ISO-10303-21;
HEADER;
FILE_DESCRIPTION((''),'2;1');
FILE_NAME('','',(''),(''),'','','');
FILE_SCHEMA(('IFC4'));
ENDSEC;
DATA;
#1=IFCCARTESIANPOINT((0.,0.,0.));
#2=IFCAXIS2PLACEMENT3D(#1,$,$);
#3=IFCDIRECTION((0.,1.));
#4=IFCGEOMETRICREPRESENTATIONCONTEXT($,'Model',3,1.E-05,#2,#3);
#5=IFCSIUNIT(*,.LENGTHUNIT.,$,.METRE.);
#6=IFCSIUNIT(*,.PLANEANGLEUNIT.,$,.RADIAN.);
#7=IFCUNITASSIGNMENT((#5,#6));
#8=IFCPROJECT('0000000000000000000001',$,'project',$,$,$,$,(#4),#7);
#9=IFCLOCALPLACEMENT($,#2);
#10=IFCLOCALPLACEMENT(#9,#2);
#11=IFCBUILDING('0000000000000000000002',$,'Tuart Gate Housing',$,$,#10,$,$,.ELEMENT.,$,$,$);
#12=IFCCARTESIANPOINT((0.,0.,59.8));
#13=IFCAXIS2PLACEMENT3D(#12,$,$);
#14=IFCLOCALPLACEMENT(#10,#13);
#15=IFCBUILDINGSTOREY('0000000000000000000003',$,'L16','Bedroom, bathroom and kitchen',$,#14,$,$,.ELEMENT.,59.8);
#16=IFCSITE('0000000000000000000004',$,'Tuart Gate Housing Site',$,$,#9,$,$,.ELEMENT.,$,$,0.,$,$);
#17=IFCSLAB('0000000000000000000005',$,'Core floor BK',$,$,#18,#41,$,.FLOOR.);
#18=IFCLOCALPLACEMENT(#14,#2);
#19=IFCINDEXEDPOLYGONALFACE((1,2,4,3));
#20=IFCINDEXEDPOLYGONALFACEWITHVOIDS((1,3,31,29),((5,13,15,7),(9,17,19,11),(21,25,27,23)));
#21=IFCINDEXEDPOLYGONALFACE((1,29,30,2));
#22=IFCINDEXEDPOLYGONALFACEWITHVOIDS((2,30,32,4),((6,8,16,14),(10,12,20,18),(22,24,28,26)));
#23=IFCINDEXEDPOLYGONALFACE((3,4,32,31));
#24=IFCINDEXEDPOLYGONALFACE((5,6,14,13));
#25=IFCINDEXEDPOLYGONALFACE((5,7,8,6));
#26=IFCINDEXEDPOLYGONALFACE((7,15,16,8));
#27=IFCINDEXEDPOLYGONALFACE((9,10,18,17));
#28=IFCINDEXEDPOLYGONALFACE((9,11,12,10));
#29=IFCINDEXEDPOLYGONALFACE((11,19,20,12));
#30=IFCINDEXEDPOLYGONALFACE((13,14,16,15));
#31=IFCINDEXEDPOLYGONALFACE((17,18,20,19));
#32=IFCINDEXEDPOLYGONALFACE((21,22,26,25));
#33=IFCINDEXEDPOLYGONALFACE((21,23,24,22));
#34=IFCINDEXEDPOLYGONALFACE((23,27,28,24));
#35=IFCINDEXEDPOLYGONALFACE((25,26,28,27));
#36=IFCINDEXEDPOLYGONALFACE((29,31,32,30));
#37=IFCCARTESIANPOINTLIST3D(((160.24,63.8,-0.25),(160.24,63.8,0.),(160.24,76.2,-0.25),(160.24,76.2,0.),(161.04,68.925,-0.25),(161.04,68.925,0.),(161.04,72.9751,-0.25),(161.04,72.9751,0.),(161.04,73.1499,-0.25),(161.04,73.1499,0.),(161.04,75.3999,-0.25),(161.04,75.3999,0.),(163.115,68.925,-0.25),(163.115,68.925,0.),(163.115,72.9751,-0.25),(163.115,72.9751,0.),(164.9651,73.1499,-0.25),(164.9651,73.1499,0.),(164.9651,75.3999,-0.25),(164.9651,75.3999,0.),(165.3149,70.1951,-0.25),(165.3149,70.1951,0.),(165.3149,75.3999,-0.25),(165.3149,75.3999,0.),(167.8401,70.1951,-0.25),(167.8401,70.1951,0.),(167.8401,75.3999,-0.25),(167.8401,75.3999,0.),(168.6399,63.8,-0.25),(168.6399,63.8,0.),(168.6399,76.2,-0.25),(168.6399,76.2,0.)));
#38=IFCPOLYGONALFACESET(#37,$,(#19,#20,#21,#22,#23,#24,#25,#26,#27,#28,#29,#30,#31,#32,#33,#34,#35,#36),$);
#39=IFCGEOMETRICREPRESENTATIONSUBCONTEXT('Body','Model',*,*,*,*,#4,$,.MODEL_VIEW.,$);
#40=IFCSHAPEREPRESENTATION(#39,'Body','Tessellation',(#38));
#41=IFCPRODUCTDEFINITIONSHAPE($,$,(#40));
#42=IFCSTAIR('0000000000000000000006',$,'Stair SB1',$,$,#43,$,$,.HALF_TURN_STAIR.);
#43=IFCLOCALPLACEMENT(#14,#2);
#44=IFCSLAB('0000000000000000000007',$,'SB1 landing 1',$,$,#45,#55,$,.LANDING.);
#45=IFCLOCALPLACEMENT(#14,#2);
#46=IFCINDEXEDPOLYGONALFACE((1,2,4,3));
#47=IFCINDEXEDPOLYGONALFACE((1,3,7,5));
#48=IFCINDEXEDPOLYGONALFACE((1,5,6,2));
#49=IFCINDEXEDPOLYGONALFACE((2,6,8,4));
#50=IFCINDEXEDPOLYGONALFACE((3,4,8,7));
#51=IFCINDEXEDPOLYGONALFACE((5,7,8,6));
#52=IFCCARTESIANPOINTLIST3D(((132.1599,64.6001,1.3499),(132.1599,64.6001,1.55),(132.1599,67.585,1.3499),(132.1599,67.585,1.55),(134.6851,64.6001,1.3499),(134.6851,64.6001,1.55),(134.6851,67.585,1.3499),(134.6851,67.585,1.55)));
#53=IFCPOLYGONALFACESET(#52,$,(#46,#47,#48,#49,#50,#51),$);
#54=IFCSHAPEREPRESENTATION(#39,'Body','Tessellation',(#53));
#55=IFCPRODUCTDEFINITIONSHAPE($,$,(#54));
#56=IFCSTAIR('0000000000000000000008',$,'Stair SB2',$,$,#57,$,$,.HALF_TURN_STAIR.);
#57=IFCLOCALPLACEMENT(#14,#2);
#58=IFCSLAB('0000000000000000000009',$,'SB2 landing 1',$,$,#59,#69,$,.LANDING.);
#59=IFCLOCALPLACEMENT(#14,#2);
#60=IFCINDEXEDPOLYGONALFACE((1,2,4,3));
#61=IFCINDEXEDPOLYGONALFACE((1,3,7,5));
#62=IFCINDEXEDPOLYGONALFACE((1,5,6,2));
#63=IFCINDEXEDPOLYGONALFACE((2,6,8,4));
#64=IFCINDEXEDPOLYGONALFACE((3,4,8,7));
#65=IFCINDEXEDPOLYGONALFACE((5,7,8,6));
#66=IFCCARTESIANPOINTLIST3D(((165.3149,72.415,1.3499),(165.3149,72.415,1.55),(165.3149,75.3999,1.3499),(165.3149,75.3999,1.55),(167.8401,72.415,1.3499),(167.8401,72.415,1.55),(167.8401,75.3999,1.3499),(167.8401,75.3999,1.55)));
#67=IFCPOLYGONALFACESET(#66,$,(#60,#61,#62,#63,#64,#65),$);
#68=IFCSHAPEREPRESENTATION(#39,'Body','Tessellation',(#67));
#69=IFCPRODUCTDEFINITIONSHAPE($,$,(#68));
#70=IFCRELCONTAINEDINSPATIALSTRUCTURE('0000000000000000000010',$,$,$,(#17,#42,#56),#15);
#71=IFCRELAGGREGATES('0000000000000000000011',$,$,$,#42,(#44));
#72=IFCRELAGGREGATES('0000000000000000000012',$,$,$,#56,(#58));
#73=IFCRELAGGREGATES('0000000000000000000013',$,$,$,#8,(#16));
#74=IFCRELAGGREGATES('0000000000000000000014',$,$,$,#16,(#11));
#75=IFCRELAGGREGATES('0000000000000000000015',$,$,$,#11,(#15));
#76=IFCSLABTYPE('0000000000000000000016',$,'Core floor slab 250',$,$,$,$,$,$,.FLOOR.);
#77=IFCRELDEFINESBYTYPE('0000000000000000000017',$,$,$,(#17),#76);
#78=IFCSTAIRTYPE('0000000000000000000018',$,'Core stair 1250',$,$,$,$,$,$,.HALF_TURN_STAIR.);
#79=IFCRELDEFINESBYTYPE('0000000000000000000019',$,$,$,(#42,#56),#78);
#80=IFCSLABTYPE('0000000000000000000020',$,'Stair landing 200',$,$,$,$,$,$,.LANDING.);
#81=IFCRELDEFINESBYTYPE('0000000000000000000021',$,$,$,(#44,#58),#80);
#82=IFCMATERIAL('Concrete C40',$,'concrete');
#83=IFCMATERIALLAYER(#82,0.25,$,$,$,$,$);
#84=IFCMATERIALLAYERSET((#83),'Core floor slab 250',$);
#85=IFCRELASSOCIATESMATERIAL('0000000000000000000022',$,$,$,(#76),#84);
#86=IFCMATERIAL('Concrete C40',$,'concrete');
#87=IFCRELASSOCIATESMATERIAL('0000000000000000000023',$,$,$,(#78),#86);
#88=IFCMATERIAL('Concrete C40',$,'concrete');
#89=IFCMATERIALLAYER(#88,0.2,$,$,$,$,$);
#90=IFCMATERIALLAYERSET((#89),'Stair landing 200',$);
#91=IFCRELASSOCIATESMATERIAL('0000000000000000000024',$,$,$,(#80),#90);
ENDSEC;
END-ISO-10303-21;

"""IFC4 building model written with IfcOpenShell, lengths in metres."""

from ifc_helpers import new_model, si_unit, direction, frame, origin, place, context, subcontext, project, spatial, polyline, outline, extrude, material, layer, layer_set, type_object, element, aggregate, save


model = new_model("IFC4")

# Units and contexts
model_context = context("Model", 3, precision=1e-05, world=origin(), true_north=direction((0.0, 1.0)))
body_context = subcontext(model_context, "Body", "Model", "MODEL_VIEW")
ifc_project = project(units=[si_unit("LENGTHUNIT", "METRE"), si_unit("PLANEANGLEUNIT", "RADIAN")], contexts=[model_context])

# Site, building, storey
site_placement = place(None, origin())
site = spatial("IfcSite", under=ifc_project, at=site_placement, Name="Tuart Gate Housing Site", CompositionType="ELEMENT", RefElevation=0.0)
building_placement = place(site_placement, origin())
building = spatial("IfcBuilding", under=site, at=building_placement, Name="Tuart Gate Housing", CompositionType="ELEMENT")
storey_placement = place(building_placement, frame((0.0, 0.0, 59.8)))
storey = spatial("IfcBuildingStorey", under=building, at=storey_placement, Name="L16", Description="Bedroom, bathroom and kitchen", CompositionType="ELEMENT", Elevation=59.8)

# Slab
ifc_material_1 = material(Name="Concrete C40", Category="concrete")
ifc_layer_1 = layer(ifc_material_1, 0.25)
ifc_layer_set_1 = layer_set([ifc_layer_1], Name="Core floor slab 250")
slab_type_1 = type_object("IfcSlabType", Name="Core floor slab 250", PredefinedType="FLOOR", material=ifc_layer_set_1)
slab_1_placement = place(storey_placement, frame((0.0, 0.0, -0.25)))
element("IfcSlab", 1, at=slab_1_placement, inside=storey, type_object=slab_type_1, Name="Core floor BK", PredefinedType="FLOOR", context=body_context, shape_type="SweptSolid", body=[
    extrude(outline(polyline([(160.24, 63.8), (168.6399, 63.8), (168.6399, 76.2), (160.24, 76.2), (160.24, 63.8)]), holes=[polyline([(161.04, 73.1499), (164.9651, 73.1499), (164.9651, 75.3999), (161.04, 75.3999), (161.04, 73.1499)]), polyline([(161.04, 68.925), (163.115, 68.925), (163.115, 72.9751), (161.04, 72.9751), (161.04, 68.925)]), polyline([(165.3149, 70.1951), (167.8401, 70.1951), (167.8401, 75.3999), (165.3149, 75.3999), (165.3149, 70.1951)])]), origin(), (0.0, 0.0, 1.0), 0.25),
])

# Stairs, slabs
ifc_material_2 = material(Name="Concrete C40", Category="concrete")
stair_type = type_object("IfcStairType", Name="Core stair 1250", PredefinedType="HALF_TURN_STAIR", material=ifc_material_2)
stair_1_placement = place(storey_placement, origin())
stair_1 = element("IfcStair", 2, at=stair_1_placement, inside=storey, type_object=stair_type, Name="Stair SB1", PredefinedType="HALF_TURN_STAIR")
ifc_material_3 = material(Name="Concrete C40", Category="concrete")
ifc_layer_2 = layer(ifc_material_3, 0.2)
ifc_layer_set_2 = layer_set([ifc_layer_2], Name="Stair landing 200")
slab_type_2 = type_object("IfcSlabType", Name="Stair landing 200", PredefinedType="LANDING", material=ifc_layer_set_2)
slab_2_placement = place(storey_placement, frame((0.0, 0.0, 1.3499)))
slab_2 = element("IfcSlab", 3, at=slab_2_placement, type_object=slab_type_2, Name="SB1 landing 1", PredefinedType="LANDING", context=body_context, shape_type="SweptSolid", body=[
    extrude(outline(polyline([(134.6851, 67.585), (132.1599, 67.585), (132.1599, 64.6001), (134.6851, 64.6001), (134.6851, 67.585)])), origin(), (0.0, 0.0, 1.0), 0.2002),
])
aggregate(stair_1, [slab_2])
stair_2_placement = place(storey_placement, origin())
stair_2 = element("IfcStair", 4, at=stair_2_placement, inside=storey, type_object=stair_type, Name="Stair SB2", PredefinedType="HALF_TURN_STAIR")
slab_3_placement = place(storey_placement, frame((0.0, 0.0, 1.3499)))
slab_3 = element("IfcSlab", 5, at=slab_3_placement, type_object=slab_type_2, Name="SB2 landing 1", PredefinedType="LANDING", context=body_context, shape_type="SweptSolid", body=[
    extrude(outline(polyline([(165.3149, 72.415), (167.8401, 72.415), (167.8401, 75.3999), (165.3149, 75.3999), (165.3149, 72.415)])), origin(), (0.0, 0.0, 1.0), 0.2002),
])
aggregate(stair_2, [slab_3])

save(model, "model.ifc")
